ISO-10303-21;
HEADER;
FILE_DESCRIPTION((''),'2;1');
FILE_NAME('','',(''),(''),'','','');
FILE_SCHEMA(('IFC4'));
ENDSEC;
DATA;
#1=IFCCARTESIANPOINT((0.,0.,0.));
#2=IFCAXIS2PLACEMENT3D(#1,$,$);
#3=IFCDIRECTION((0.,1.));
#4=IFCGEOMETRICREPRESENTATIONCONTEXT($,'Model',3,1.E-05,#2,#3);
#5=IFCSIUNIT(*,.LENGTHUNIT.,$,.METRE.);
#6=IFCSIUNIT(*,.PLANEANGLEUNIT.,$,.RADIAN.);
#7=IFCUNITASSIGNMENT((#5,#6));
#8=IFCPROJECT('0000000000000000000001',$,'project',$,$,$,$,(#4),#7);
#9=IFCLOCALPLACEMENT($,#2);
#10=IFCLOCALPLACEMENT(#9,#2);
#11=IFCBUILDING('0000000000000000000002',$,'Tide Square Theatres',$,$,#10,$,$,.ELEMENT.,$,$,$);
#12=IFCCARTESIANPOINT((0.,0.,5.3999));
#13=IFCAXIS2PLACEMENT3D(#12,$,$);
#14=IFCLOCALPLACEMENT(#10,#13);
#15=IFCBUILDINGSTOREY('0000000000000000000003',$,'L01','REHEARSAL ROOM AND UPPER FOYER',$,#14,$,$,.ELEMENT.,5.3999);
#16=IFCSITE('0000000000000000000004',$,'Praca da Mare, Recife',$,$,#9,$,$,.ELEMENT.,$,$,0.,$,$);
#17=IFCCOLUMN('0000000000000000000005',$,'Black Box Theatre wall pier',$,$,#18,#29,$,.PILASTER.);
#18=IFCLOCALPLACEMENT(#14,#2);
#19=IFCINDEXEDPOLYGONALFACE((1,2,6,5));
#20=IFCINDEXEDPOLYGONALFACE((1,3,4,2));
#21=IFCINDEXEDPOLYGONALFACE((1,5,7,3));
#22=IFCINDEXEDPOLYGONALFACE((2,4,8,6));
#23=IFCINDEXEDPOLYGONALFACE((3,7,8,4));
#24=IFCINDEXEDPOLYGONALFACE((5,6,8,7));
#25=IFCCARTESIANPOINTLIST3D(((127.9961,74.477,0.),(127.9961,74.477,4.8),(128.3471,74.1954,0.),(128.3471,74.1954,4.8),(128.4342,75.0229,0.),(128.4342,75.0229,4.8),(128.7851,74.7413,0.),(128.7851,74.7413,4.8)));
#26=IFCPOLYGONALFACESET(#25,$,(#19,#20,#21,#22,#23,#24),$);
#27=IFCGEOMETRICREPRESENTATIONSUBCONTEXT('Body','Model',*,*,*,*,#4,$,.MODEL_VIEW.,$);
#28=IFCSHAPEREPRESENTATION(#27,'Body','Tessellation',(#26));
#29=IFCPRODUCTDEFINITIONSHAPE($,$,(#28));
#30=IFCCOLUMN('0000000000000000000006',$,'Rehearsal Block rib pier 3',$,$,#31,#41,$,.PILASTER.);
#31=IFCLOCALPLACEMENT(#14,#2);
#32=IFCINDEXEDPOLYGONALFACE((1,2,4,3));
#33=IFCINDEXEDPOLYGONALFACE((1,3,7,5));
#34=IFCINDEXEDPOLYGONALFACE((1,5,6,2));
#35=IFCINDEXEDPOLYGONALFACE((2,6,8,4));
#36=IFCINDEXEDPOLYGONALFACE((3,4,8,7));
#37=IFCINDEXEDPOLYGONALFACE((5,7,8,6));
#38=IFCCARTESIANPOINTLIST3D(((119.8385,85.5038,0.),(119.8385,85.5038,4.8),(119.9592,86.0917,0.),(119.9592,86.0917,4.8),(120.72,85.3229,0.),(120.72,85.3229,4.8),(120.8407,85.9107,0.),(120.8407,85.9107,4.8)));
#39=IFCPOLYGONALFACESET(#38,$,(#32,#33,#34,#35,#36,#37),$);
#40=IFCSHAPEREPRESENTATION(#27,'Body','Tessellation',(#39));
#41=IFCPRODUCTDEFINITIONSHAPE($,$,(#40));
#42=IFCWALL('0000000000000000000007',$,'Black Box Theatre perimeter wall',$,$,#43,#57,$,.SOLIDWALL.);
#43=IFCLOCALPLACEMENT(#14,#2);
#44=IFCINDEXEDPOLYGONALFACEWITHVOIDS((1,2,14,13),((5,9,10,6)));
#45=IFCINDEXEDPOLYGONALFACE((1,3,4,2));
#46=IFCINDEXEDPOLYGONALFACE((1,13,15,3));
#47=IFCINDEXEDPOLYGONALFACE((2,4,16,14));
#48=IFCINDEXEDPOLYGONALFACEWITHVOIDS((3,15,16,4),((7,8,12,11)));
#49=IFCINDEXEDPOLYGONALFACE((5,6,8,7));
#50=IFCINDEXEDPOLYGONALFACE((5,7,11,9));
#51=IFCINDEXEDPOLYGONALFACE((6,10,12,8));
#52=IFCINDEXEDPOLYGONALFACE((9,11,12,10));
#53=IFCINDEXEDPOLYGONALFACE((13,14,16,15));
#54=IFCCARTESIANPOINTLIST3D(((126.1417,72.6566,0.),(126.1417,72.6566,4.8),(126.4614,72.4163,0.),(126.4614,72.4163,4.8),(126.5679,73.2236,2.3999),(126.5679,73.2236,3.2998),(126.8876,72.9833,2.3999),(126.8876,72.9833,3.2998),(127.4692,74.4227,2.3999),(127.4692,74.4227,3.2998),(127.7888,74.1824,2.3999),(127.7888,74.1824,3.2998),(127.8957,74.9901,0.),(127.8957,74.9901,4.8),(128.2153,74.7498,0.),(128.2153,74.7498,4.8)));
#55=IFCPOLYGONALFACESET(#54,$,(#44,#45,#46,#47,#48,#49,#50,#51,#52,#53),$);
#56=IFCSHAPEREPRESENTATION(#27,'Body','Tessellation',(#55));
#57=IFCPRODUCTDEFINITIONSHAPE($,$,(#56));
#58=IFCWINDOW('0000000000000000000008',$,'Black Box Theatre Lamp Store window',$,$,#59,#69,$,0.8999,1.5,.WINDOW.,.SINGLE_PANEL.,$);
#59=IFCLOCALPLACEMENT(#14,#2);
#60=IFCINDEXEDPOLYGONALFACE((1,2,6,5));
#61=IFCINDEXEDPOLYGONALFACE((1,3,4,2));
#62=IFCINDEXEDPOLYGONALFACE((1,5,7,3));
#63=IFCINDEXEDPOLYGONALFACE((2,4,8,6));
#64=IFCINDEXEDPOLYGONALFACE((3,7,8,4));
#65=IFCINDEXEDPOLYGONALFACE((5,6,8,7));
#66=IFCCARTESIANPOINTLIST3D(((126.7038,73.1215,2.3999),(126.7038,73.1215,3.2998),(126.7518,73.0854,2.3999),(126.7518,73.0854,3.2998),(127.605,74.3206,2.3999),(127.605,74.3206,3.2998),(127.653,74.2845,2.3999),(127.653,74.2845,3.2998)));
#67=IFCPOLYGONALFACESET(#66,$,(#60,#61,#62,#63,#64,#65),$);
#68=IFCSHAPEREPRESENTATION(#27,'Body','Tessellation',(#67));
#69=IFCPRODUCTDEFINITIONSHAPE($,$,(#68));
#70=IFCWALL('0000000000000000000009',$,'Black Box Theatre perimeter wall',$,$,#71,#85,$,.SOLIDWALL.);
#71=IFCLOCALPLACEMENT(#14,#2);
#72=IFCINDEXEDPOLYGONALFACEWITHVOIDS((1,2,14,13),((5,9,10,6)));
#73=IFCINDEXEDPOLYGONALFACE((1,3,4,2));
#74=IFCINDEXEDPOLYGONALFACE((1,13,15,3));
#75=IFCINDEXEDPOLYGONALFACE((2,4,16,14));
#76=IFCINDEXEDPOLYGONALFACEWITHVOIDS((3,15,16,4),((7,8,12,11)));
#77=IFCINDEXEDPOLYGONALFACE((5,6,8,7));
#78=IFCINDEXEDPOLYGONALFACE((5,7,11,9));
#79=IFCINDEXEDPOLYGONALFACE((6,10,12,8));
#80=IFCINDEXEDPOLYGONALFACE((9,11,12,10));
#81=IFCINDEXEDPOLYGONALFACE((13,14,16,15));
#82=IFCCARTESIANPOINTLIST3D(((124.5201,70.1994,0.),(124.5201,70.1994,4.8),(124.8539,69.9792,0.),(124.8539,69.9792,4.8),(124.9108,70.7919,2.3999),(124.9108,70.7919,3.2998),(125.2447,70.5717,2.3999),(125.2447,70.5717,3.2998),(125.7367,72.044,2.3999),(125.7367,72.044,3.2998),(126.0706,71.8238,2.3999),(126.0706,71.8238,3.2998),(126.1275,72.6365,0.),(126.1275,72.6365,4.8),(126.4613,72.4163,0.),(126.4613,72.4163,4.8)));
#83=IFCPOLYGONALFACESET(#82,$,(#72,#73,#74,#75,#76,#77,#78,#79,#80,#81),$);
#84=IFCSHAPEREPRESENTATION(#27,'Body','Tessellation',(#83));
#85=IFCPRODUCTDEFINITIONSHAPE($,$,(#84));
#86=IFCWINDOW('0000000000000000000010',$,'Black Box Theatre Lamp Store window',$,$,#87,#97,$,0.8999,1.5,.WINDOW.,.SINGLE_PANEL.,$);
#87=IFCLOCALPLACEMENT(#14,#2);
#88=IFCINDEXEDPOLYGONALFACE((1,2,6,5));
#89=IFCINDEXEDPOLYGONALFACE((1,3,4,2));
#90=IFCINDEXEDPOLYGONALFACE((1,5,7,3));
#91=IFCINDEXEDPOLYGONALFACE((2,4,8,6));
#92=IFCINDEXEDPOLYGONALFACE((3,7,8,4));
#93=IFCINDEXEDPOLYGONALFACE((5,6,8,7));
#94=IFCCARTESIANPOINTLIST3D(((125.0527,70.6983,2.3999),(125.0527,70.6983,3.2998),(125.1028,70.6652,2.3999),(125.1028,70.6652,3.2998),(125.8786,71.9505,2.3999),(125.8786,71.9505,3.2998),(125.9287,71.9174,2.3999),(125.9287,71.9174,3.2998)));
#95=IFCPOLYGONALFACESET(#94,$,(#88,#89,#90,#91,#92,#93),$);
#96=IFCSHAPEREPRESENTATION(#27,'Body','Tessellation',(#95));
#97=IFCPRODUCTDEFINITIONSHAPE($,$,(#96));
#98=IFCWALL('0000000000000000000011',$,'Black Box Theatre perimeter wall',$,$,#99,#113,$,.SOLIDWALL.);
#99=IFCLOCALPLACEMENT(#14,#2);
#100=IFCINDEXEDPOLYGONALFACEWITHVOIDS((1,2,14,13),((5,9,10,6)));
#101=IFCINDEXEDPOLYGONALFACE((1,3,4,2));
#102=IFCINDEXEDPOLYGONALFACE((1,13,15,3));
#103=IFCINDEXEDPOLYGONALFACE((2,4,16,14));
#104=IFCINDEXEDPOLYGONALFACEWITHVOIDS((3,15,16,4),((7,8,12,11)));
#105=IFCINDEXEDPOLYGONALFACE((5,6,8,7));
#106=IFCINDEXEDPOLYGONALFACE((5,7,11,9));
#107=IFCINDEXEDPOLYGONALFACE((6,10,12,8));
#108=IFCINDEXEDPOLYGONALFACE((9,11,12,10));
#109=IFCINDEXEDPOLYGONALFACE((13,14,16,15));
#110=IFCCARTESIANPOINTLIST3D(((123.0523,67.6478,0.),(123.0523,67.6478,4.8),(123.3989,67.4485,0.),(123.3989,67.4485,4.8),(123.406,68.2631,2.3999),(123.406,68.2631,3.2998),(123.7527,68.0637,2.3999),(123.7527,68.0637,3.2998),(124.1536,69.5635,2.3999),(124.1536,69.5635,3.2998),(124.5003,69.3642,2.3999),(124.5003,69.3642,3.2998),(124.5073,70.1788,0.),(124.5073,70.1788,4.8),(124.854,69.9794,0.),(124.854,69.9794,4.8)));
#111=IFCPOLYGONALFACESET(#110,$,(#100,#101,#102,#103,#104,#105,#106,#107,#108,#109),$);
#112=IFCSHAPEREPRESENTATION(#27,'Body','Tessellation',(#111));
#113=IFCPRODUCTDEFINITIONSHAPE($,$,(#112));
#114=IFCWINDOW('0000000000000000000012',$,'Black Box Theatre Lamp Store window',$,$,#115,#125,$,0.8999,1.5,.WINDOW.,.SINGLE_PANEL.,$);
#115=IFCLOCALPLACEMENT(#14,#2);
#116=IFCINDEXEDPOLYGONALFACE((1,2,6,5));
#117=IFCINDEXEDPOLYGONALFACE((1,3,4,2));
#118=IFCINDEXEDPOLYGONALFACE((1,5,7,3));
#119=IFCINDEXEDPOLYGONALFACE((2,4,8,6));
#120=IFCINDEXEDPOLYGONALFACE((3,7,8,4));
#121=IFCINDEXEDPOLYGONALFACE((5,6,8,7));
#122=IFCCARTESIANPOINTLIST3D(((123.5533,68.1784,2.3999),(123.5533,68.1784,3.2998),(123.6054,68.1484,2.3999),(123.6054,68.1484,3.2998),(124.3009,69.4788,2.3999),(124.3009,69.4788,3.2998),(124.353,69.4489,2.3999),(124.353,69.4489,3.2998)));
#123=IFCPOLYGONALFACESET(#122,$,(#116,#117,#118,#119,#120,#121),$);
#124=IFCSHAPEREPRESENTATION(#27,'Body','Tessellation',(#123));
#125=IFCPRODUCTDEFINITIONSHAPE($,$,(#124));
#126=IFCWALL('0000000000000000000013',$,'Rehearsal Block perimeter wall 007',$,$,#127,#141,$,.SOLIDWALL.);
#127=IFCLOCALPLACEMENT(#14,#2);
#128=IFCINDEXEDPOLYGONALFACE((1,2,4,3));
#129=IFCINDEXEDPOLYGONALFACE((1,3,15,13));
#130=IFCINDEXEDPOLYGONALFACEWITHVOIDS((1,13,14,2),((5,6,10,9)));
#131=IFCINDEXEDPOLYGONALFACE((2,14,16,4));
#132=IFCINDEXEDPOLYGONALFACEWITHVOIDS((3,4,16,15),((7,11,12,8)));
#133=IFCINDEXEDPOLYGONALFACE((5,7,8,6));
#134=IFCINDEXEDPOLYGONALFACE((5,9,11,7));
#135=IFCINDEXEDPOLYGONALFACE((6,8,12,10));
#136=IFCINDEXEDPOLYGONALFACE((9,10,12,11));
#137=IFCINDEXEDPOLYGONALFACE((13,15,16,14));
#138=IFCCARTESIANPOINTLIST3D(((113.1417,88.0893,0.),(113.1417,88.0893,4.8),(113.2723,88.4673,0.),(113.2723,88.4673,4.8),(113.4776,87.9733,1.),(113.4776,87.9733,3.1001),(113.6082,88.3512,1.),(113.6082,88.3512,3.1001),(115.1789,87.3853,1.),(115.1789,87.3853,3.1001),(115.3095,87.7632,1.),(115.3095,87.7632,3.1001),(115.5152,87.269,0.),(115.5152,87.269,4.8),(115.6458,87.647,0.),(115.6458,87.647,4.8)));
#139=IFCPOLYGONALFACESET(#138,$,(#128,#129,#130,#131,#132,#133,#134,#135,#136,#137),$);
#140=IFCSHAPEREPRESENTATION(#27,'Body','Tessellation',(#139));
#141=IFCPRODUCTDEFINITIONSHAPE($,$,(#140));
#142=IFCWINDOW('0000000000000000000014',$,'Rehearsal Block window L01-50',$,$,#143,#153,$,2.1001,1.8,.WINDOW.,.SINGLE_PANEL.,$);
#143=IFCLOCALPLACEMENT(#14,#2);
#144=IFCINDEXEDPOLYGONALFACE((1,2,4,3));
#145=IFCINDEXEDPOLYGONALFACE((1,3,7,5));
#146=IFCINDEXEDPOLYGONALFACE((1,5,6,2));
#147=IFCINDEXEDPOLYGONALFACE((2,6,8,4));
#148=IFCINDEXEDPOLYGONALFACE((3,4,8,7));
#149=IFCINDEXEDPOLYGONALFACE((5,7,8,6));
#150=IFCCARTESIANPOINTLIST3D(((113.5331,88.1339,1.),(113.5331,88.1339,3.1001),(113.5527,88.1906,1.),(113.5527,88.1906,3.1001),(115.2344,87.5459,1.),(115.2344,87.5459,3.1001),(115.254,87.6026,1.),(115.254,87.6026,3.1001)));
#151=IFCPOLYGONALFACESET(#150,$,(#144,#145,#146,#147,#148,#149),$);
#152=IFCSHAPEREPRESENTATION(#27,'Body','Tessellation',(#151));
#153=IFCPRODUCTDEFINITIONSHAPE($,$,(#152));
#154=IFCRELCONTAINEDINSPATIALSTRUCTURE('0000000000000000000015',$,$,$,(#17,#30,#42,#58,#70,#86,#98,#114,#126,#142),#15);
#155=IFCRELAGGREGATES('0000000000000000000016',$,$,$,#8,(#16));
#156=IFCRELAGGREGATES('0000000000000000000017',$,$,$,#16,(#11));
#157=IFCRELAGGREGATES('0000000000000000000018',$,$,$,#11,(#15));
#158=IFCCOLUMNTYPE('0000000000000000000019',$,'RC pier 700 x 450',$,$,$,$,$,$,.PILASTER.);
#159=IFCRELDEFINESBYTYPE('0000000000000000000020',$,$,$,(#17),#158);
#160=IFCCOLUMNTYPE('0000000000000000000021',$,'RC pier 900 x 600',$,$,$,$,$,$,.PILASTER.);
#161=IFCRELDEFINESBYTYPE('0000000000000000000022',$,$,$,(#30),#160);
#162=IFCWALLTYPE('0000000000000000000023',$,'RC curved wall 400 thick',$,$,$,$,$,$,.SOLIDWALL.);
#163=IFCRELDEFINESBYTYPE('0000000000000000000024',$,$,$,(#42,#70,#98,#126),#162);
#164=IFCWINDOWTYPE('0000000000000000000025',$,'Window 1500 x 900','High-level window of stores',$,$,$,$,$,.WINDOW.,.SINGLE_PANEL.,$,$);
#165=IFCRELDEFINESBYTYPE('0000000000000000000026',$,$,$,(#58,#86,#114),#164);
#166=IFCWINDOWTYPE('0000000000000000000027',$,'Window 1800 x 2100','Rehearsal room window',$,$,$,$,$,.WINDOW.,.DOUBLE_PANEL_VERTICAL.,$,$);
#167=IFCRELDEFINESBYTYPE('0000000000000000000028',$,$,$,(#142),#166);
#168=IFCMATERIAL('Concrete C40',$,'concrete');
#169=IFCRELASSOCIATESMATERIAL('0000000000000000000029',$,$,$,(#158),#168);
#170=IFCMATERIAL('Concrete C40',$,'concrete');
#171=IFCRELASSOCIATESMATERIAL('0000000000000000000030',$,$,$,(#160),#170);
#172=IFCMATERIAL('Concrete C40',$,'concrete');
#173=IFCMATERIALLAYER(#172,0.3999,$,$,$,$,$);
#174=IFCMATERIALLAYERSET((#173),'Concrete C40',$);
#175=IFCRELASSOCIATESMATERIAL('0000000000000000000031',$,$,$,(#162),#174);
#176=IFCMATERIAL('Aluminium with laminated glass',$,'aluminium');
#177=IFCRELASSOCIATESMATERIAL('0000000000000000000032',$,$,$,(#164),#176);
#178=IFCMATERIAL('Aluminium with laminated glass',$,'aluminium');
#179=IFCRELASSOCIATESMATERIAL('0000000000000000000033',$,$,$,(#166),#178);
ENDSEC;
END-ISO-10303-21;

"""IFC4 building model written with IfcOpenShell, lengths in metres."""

from ifc_helpers import new_model, si_unit, direction, frame, frame_2d, origin, origin_2d, place, context, subcontext, project, spatial, rectangle, extrude, material, layer, layer_set, material_profile, profile_set, type_object, element, fill, save


model = new_model("IFC4")

# Units and contexts
model_context = context("Model", 3, precision=1e-05, world=origin(), true_north=direction((0.0, 1.0)))
body_context = subcontext(model_context, "Body", "Model", "MODEL_VIEW")
ifc_project = project(units=[si_unit("LENGTHUNIT", "METRE"), si_unit("PLANEANGLEUNIT", "RADIAN")], contexts=[model_context])

# Site, building, storey
site_placement = place(None, origin())
site = spatial("IfcSite", under=ifc_project, at=site_placement, Name="Praca da Mare, Recife", CompositionType="ELEMENT", RefElevation=0.0)
building_placement = place(site_placement, origin())
building = spatial("IfcBuilding", under=site, at=building_placement, Name="Tide Square Theatres", CompositionType="ELEMENT")
storey_placement = place(building_placement, frame((0.0, 0.0, 5.3999)))
storey = spatial("IfcBuildingStorey", under=building, at=storey_placement, Name="L01", Description="REHEARSAL ROOM AND UPPER FOYER", CompositionType="ELEMENT", Elevation=5.3999)

# Columns
ifc_material_1 = material(Name="Concrete C40", Category="concrete")
ifc_material_profile_1 = material_profile(ifc_material_1, rectangle(XDim=0.7, YDim=0.45, at=origin_2d()))
ifc_profile_set_1 = profile_set([ifc_material_profile_1], Name="Concrete C40")
column_type_1 = type_object("IfcColumnType", Name="RC pier 700 x 450", PredefinedType="PILASTER", material=ifc_profile_set_1)
column_1_placement = place(storey_placement, frame((128.3906, 74.6091, 0.0), z_axis=(0.0, 0.0, 1.0), x_axis=(-0.625819, -0.779968, 0.0)))
element("IfcColumn", 1, at=column_1_placement, inside=storey, type_object=column_type_1, Name="Black Box Theatre wall pier", PredefinedType="PILASTER", context=body_context, shape_type="SweptSolid", body=[
    extrude(rectangle(XDim=0.7, YDim=0.45, at=origin_2d()), origin(), (0.0, 0.0, 1.0), 4.8),
])
ifc_material_2 = material(Name="Concrete C40", Category="concrete")
ifc_material_profile_2 = material_profile(ifc_material_2, rectangle(XDim=0.8999, YDim=0.6001, at=origin_2d()))
ifc_profile_set_2 = profile_set([ifc_material_profile_2], Name="Concrete C40")
column_type_2 = type_object("IfcColumnType", Name="RC pier 900 x 600", PredefinedType="PILASTER", material=ifc_profile_set_2)
column_2_placement = place(storey_placement, frame((120.3396, 85.7073, 0.0), z_axis=(0.0, 0.0, 1.0), x_axis=(0.979575, -0.201079, 0.0)))
element("IfcColumn", 2, at=column_2_placement, inside=storey, type_object=column_type_2, Name="Rehearsal Block rib pier 3", PredefinedType="PILASTER", context=body_context, shape_type="SweptSolid", body=[
    extrude(rectangle(XDim=0.8999, YDim=0.6001, at=origin_2d()), origin(), (0.0, 0.0, 1.0), 4.8),
])

# Walls, openings, windows
ifc_material_3 = material(Name="Concrete C40", Category="concrete")
ifc_layer_1 = layer(ifc_material_3, 0.3999)
ifc_layer_set_1 = layer_set([ifc_layer_1], Name="Concrete C40")
wall_type = type_object("IfcWallType", Name="RC curved wall 400 thick", PredefinedType="SOLIDWALL", material=ifc_layer_set_1)
wall_1_placement = place(storey_placement, frame((128.0554, 74.8699, 0.0), z_axis=(0.0, 0.0, 1.0), x_axis=(-0.600829, -0.799377, 0.0)))
wall_1 = element("IfcWall", 3, at=wall_1_placement, inside=storey, type_object=wall_type, Name="Black Box Theatre perimeter wall", PredefinedType="SOLIDWALL", context=body_context, shape_type="SweptSolid", body=[
    extrude(rectangle(XDim=2.9192, YDim=0.3999, at=frame_2d((1.4595, 0.0))), origin(), (0.0, 0.0, 1.0), 4.8),
])
opening_1_placement = place(wall_1_placement, frame((0.7097, 0.0, 2.3999)))
opening_1 = element("IfcOpeningElement", 4, at=opening_1_placement, cuts=wall_1, PredefinedType="OPENING", context=body_context, shape_type="SweptSolid", body=[
    extrude(rectangle(XDim=1.5, YDim=0.8999, at=frame_2d((0.75, 0.45))), frame((0.0, 0.21, 0.0), z_axis=(0.0, -1.0, 0.0), x_axis=(1.0, 0.0, 0.0)), (0.0, 0.0, 1.0), 0.4199),
])
ifc_material_4 = material(Name="Aluminium with laminated glass", Category="aluminium")
window_type_1 = type_object("IfcWindowType", Name="Window 1500 x 900", Description="High-level window of stores", PartitioningType="SINGLE_PANEL", PredefinedType="WINDOW", material=ifc_material_4)
window_1_placement = place(opening_1_placement, origin())
window_1 = element("IfcWindow", 5, at=window_1_placement, inside=storey, type_object=window_type_1, Name="Black Box Theatre Lamp Store window", OverallHeight=0.8999, OverallWidth=1.5, PartitioningType="SINGLE_PANEL", PredefinedType="WINDOW", context=body_context, shape_type="SweptSolid", body=[
    extrude(rectangle(XDim=1.5, YDim=0.8999, at=frame_2d((0.75, 0.45))), frame((0.0, 0.03, 0.0), z_axis=(0.0, -1.0, 0.0), x_axis=(1.0, 0.0, 0.0)), (0.0, 0.0, 1.0), 0.0601),
])
fill(opening_1, window_1)
wall_2_placement = place(storey_placement, frame((126.2944, 72.5264, 0.0), z_axis=(0.0, 0.0, 1.0), x_axis=(-0.550602, -0.834768, 0.0)))
wall_2 = element("IfcWall", 6, at=wall_2_placement, inside=storey, type_object=wall_type, Name="Black Box Theatre perimeter wall", PredefinedType="SOLIDWALL", context=body_context, shape_type="SweptSolid", body=[
    extrude(rectangle(XDim=2.9194, YDim=0.3999, at=frame_2d((1.4597, 0.0))), origin(), (0.0, 0.0, 1.0), 4.8),
])
opening_2_placement = place(wall_2_placement, frame((0.7097, 0.0, 2.3999)))
opening_2 = element("IfcOpeningElement", 7, at=opening_2_placement, cuts=wall_2, PredefinedType="OPENING", context=body_context, shape_type="SweptSolid", body=[
    extrude(rectangle(XDim=1.5, YDim=0.8999, at=frame_2d((0.75, 0.45))), frame((0.0, 0.21, 0.0), z_axis=(0.0, -1.0, 0.0), x_axis=(1.0, 0.0, 0.0)), (0.0, 0.0, 1.0), 0.4199),
])
window_2_placement = place(opening_2_placement, origin())
window_2 = element("IfcWindow", 8, at=window_2_placement, inside=storey, type_object=window_type_1, Name="Black Box Theatre Lamp Store window", OverallHeight=0.8999, OverallWidth=1.5, PartitioningType="SINGLE_PANEL", PredefinedType="WINDOW", context=body_context, shape_type="SweptSolid", body=[
    extrude(rectangle(XDim=1.5, YDim=0.8999, at=frame_2d((0.75, 0.45))), frame((0.0, 0.03, 0.0), z_axis=(0.0, -1.0, 0.0), x_axis=(1.0, 0.0, 0.0)), (0.0, 0.0, 1.0), 0.0601),
])
fill(opening_2, window_2)
wall_3_placement = place(storey_placement, frame((124.6807, 70.0791, 0.0), z_axis=(0.0, 0.0, 1.0), x_axis=(-0.498407, -0.866943, 0.0)))
wall_3 = element("IfcWall", 9, at=wall_3_placement, inside=storey, type_object=wall_type, Name="Black Box Theatre perimeter wall", PredefinedType="SOLIDWALL", context=body_context, shape_type="SweptSolid", body=[
    extrude(rectangle(XDim=2.9194, YDim=0.3999, at=frame_2d((1.4597, 0.0))), origin(), (0.0, 0.0, 1.0), 4.8),
])
opening_3_placement = place(wall_3_placement, frame((0.7097, 0.0, 2.3999)))
opening_3 = element("IfcOpeningElement", 10, at=opening_3_placement, cuts=wall_3, PredefinedType="OPENING", context=body_context, shape_type="SweptSolid", body=[
    extrude(rectangle(XDim=1.5, YDim=0.8999, at=frame_2d((0.75, 0.45))), frame((0.0, 0.21, 0.0), z_axis=(0.0, -1.0, 0.0), x_axis=(1.0, 0.0, 0.0)), (0.0, 0.0, 1.0), 0.4199),
])
window_3_placement = place(opening_3_placement, origin())
window_3 = element("IfcWindow", 11, at=window_3_placement, inside=storey, type_object=window_type_1, Name="Black Box Theatre Lamp Store window", OverallHeight=0.8999, OverallWidth=1.5, PartitioningType="SINGLE_PANEL", PredefinedType="WINDOW", context=body_context, shape_type="SweptSolid", body=[
    extrude(rectangle(XDim=1.5, YDim=0.8999, at=frame_2d((0.75, 0.45))), frame((0.0, 0.03, 0.0), z_axis=(0.0, -1.0, 0.0), x_axis=(1.0, 0.0, 0.0)), (0.0, 0.0, 1.0), 0.0601),
])
fill(opening_3, window_3)
wall_4_placement = place(storey_placement, frame((113.207, 88.2783, 0.0), z_axis=(0.0, 0.0, 1.0), x_axis=(0.945145, -0.32665, 0.0)))
wall_4 = element("IfcWall", 12, at=wall_4_placement, inside=storey, type_object=wall_type, Name="Rehearsal Block perimeter wall 007", PredefinedType="SOLIDWALL", context=body_context, shape_type="SweptSolid", body=[
    extrude(rectangle(XDim=2.5112, YDim=0.3999, at=frame_2d((1.2556, 0.0))), origin(), (0.0, 0.0, 1.0), 4.8),
])
opening_4_placement = place(wall_4_placement, frame((0.3555, 0.0, 1.0)))
opening_4 = element("IfcOpeningElement", 13, at=opening_4_placement, cuts=wall_4, PredefinedType="OPENING", context=body_context, shape_type="SweptSolid", body=[
    extrude(rectangle(XDim=1.8, YDim=2.1001, at=frame_2d((0.8999, 1.05))), frame((0.0, 0.21, 0.0), z_axis=(0.0, -1.0, 0.0), x_axis=(1.0, 0.0, 0.0)), (0.0, 0.0, 1.0), 0.4199),
])
ifc_material_5 = material(Name="Aluminium with laminated glass", Category="aluminium")
window_type_2 = type_object("IfcWindowType", Name="Window 1800 x 2100", Description="Rehearsal room window", PartitioningType="DOUBLE_PANEL_VERTICAL", PredefinedType="WINDOW", material=ifc_material_5)
window_4_placement = place(opening_4_placement, origin())
window_4 = element("IfcWindow", 14, at=window_4_placement, inside=storey, type_object=window_type_2, Name="Rehearsal Block window L01-50", OverallHeight=2.1001, OverallWidth=1.8, PartitioningType="SINGLE_PANEL", PredefinedType="WINDOW", context=body_context, shape_type="SweptSolid", body=[
    extrude(rectangle(XDim=1.8, YDim=2.1001, at=frame_2d((0.8999, 1.05))), frame((0.0, 0.03, 0.0), z_axis=(0.0, -1.0, 0.0), x_axis=(1.0, 0.0, 0.0)), (0.0, 0.0, 1.0), 0.0601),
])
fill(opening_4, window_4)

save(model, "model.ifc")
